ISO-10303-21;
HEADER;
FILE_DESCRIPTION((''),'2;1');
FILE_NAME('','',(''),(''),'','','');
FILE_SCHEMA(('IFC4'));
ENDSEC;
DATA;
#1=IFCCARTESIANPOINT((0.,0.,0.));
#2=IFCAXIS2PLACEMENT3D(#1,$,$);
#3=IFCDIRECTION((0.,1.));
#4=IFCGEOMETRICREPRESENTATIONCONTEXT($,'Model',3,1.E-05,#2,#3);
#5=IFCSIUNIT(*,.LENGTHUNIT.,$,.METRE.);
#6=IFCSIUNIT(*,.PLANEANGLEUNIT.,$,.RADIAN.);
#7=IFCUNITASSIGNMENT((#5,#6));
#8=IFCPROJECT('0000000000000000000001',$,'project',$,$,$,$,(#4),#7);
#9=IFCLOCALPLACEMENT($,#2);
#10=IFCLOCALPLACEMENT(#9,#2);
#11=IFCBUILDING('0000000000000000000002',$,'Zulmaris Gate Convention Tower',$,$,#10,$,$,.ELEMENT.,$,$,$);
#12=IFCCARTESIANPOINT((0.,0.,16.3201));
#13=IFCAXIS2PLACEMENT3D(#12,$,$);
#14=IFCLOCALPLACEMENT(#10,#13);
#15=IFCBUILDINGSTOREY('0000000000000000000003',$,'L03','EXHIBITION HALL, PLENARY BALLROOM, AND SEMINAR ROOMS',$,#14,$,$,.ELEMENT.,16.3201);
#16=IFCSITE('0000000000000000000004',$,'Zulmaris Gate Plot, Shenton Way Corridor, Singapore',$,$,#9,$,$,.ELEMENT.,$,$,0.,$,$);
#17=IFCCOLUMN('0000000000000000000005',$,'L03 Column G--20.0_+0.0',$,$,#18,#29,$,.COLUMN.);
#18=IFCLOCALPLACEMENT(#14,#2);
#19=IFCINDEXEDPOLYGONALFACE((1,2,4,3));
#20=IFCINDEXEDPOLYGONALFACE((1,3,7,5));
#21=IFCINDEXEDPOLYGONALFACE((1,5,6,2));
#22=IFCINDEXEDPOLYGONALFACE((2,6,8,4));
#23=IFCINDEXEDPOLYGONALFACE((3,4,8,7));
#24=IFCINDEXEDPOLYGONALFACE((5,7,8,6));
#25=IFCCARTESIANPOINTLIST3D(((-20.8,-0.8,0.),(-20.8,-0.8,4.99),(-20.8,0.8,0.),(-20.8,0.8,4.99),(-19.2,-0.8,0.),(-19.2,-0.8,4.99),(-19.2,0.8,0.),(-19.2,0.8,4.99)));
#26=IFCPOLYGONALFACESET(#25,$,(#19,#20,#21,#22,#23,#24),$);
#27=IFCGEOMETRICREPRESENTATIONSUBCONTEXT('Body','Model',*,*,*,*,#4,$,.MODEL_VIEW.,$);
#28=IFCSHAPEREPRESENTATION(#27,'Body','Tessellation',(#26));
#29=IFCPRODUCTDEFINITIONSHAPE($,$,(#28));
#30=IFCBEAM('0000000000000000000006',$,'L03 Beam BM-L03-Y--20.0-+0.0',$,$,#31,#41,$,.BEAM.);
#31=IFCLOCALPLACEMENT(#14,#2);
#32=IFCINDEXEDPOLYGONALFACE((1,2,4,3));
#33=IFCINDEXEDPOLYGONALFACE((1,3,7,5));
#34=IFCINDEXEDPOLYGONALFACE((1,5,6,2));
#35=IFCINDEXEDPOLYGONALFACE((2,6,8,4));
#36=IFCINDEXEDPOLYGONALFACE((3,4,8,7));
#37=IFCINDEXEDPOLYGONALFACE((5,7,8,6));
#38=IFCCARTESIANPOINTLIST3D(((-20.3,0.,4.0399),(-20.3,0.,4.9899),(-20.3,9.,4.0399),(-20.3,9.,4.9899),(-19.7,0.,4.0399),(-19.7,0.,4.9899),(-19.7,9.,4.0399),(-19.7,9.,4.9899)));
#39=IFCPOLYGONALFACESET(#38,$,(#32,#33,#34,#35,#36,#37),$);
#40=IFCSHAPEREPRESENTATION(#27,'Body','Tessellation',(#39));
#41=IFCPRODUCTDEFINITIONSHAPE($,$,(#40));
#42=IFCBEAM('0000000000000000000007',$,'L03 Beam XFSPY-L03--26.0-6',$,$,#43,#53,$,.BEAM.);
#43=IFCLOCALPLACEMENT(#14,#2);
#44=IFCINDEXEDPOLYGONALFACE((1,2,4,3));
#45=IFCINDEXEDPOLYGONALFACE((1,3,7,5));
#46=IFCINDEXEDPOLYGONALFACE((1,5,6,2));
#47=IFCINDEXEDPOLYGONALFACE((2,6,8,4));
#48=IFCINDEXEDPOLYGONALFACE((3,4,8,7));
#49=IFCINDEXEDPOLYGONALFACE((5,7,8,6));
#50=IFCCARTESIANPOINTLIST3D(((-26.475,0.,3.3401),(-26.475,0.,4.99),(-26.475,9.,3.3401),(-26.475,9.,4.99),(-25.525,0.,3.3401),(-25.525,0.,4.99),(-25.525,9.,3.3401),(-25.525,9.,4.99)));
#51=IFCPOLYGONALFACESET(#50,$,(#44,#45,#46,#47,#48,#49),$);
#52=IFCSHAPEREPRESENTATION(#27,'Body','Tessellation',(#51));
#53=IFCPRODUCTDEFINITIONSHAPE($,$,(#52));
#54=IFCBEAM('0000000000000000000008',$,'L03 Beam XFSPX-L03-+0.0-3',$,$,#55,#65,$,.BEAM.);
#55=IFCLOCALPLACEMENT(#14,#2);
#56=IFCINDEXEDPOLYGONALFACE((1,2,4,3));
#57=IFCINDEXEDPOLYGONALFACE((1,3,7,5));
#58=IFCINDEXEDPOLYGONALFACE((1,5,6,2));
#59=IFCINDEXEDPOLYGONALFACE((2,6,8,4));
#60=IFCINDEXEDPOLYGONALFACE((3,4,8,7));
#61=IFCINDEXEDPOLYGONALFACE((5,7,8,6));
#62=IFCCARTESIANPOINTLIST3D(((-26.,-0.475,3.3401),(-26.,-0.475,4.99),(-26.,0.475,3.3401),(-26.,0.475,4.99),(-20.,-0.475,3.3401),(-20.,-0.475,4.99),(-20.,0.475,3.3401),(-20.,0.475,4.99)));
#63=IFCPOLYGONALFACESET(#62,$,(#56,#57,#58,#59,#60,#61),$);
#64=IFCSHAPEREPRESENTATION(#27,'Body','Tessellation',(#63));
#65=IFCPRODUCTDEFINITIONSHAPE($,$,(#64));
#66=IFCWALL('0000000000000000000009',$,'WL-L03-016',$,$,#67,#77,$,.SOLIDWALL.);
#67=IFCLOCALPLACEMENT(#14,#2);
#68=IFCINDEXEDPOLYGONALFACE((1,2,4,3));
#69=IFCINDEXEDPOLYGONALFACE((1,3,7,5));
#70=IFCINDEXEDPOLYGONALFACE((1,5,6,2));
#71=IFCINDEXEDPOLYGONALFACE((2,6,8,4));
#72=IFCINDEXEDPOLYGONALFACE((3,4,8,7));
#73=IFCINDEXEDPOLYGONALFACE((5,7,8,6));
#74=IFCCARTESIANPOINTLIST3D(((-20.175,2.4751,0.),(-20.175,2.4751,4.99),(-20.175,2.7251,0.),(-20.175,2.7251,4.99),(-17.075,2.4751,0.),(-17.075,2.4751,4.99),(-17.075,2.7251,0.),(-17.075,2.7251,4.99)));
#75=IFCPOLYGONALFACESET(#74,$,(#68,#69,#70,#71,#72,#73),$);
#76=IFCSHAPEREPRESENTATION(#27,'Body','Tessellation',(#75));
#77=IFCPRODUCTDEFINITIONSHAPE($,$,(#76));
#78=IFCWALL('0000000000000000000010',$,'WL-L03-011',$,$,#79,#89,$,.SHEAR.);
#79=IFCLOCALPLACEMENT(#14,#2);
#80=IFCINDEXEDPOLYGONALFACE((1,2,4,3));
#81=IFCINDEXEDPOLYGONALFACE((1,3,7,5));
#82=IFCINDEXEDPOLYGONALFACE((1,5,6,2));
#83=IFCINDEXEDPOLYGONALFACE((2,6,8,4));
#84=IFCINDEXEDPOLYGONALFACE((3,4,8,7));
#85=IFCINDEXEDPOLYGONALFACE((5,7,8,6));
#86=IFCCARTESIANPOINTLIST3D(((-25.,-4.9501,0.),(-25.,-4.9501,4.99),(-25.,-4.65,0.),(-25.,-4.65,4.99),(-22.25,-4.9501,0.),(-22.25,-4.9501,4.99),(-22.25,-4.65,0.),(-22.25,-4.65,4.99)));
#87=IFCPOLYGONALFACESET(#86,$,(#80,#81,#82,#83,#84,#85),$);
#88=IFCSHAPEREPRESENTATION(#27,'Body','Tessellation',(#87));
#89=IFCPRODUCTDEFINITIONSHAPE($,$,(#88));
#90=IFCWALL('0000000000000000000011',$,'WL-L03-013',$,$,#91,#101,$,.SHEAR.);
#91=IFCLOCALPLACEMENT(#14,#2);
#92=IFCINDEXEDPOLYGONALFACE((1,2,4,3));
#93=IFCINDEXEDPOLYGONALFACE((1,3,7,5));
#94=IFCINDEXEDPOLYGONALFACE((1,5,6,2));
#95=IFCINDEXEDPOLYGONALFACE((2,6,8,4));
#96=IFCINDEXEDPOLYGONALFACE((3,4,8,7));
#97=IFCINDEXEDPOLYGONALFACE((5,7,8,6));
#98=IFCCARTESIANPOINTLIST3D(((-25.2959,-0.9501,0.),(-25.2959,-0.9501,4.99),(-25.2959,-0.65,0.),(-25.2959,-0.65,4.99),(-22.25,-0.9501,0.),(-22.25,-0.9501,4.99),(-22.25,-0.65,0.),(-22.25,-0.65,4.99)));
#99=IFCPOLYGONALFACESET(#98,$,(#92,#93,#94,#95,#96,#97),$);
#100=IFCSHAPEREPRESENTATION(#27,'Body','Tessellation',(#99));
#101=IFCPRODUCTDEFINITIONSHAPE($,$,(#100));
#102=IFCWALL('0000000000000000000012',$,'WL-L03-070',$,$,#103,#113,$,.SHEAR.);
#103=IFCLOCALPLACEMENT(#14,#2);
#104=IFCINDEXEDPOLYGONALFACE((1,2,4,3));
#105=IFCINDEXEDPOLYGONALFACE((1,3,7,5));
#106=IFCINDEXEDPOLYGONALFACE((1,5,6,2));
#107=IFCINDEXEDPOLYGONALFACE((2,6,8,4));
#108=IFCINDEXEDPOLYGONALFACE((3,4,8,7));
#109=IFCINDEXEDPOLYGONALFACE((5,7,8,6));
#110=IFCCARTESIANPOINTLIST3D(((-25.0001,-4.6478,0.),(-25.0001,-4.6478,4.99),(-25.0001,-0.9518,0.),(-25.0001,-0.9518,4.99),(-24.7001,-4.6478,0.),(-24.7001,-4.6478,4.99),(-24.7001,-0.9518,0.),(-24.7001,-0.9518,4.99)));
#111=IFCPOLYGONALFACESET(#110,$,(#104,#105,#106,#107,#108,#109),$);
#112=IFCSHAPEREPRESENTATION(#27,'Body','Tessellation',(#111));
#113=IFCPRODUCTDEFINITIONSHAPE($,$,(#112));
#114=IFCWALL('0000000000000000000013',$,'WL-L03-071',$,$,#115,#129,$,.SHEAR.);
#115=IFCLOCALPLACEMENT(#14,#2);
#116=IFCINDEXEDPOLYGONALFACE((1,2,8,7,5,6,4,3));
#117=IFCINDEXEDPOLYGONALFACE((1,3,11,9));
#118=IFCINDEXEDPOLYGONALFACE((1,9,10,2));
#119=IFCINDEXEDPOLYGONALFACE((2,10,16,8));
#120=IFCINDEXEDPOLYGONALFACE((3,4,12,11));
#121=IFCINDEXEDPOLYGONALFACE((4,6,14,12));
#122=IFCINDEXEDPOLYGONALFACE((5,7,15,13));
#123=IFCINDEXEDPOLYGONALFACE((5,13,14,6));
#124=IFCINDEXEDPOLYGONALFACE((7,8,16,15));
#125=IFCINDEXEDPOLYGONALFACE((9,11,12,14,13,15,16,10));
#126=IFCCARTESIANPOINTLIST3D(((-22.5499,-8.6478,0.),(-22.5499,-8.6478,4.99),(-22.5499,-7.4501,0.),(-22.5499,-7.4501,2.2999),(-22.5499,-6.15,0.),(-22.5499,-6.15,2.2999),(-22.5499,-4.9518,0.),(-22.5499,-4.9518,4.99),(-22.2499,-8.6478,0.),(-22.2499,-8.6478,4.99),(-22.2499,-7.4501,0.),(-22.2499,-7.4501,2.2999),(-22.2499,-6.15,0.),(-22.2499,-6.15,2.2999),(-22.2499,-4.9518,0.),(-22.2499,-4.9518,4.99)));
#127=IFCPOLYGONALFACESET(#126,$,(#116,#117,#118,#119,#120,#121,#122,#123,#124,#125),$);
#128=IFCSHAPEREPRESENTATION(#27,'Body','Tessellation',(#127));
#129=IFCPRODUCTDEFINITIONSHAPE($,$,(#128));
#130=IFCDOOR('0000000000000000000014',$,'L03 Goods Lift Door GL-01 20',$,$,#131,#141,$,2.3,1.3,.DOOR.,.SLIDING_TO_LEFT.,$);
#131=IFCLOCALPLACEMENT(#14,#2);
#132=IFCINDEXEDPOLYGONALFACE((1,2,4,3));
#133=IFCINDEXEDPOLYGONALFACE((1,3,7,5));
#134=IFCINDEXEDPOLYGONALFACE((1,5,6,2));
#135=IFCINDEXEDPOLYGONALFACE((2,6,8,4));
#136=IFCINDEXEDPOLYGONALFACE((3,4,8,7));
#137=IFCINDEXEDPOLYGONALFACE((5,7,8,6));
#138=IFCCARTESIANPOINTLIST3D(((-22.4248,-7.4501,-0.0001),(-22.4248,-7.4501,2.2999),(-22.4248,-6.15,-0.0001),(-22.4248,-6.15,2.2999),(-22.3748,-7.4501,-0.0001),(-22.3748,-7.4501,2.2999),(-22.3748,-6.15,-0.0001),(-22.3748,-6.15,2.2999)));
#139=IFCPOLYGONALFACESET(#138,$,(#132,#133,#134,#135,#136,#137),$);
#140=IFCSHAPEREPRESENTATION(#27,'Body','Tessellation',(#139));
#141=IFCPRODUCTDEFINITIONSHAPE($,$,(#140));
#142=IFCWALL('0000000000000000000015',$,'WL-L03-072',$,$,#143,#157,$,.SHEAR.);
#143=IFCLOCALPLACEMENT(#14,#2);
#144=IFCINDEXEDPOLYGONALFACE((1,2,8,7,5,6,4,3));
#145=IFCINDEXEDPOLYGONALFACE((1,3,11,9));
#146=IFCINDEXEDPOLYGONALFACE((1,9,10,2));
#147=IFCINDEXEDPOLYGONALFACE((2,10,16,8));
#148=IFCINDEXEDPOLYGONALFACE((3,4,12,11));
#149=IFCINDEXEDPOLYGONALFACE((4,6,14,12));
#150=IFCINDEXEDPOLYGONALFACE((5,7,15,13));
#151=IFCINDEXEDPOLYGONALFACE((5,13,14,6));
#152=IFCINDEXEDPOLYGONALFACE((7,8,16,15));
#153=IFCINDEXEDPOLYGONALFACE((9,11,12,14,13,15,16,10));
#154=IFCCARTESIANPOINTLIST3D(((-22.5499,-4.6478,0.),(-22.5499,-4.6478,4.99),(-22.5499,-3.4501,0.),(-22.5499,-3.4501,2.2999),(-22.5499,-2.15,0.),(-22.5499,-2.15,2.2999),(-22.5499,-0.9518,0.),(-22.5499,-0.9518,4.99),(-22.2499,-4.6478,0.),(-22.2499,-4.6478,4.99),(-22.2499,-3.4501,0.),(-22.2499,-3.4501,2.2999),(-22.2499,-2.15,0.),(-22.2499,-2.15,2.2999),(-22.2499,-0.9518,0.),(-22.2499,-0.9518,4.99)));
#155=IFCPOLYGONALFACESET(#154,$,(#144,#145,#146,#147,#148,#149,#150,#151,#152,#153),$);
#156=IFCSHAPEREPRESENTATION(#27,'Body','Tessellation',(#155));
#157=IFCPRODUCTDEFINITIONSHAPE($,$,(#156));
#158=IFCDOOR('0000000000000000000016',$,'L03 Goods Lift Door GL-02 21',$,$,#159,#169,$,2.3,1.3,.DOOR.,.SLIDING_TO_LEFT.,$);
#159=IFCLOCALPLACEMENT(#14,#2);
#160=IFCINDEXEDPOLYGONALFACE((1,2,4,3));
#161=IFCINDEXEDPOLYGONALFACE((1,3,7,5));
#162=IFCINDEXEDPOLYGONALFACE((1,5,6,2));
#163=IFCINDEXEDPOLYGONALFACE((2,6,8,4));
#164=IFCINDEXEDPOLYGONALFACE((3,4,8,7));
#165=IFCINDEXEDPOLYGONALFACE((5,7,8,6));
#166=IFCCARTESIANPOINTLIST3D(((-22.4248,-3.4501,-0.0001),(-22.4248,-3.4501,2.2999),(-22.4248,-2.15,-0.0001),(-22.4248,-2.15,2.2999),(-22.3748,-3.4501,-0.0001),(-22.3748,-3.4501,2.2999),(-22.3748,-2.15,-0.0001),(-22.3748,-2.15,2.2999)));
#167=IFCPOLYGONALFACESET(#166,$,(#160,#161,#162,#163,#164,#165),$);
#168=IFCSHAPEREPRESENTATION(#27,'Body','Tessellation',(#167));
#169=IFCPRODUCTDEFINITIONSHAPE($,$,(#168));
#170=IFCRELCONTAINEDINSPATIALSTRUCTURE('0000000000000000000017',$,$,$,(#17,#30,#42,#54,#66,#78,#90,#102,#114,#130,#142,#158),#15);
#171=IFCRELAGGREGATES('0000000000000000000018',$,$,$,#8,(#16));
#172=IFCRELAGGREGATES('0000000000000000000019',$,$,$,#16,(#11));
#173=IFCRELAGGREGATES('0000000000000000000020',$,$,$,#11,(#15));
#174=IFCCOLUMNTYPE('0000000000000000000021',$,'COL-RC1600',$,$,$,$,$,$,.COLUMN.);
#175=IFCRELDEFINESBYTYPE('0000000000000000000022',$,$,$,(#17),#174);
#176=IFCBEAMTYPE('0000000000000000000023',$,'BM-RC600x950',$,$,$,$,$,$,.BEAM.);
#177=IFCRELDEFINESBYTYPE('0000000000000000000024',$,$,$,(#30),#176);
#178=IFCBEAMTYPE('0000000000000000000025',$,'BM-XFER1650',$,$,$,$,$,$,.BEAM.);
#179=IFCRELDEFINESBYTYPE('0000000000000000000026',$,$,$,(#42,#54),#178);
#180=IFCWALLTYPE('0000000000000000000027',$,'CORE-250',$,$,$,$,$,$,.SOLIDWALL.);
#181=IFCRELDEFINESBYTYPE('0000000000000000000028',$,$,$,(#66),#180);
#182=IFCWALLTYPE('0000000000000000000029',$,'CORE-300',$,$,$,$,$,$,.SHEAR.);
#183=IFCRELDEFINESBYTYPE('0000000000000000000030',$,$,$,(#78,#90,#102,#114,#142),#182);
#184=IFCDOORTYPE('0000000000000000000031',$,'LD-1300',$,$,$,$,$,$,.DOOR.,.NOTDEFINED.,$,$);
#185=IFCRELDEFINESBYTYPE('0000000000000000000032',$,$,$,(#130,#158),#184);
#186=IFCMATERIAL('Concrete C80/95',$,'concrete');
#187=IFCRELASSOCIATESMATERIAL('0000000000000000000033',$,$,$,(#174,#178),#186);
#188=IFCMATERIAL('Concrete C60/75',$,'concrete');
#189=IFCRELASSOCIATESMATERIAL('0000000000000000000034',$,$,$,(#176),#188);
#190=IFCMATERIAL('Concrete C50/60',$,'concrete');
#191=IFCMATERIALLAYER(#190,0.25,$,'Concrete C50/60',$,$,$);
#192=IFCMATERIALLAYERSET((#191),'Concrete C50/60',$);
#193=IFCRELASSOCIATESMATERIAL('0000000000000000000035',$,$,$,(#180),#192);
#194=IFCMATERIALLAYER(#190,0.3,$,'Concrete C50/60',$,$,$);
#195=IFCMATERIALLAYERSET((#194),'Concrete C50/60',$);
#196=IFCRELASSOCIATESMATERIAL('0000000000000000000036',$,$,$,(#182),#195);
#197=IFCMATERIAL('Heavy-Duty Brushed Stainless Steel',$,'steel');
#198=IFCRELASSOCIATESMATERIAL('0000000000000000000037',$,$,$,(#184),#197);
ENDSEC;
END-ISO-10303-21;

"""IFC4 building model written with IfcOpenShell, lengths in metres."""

from ifc_helpers import new_model, si_unit, direction, frame, frame_2d, origin, origin_2d, place, context, subcontext, project, spatial, rectangle, extrude, material, layer, layer_set, material_profile, profile_set, type_object, element, fill, save


model = new_model("IFC4")

# Units and contexts
model_context = context("Model", 3, precision=1e-05, world=origin(), true_north=direction((0.0, 1.0)))
body_context = subcontext(model_context, "Body", "Model", "MODEL_VIEW")
ifc_project = project(units=[si_unit("LENGTHUNIT", "METRE"), si_unit("PLANEANGLEUNIT", "RADIAN")], contexts=[model_context])

# Site, building, storey
site_placement = place(None, origin())
site = spatial("IfcSite", under=ifc_project, at=site_placement, Name="Zulmaris Gate Plot, Shenton Way Corridor, Singapore", CompositionType="ELEMENT", RefElevation=0.0)
building_placement = place(site_placement, origin())
building = spatial("IfcBuilding", under=site, at=building_placement, Name="Zulmaris Gate Convention Tower", CompositionType="ELEMENT")
storey_placement = place(building_placement, frame((0.0, 0.0, 16.3201)))
storey = spatial("IfcBuildingStorey", under=building, at=storey_placement, Name="L03", Description="EXHIBITION HALL, PLENARY BALLROOM, AND SEMINAR ROOMS", CompositionType="ELEMENT", Elevation=16.3201)

# Column
ifc_material_1 = material(Name="Concrete C80/95", Category="concrete")
ifc_material_profile_1 = material_profile(ifc_material_1, rectangle(XDim=1.6001, YDim=1.6001, at=origin_2d()), Name="RC COL 1600x1600")
ifc_profile_set_1 = profile_set([ifc_material_profile_1], Name="Concrete C80/95")
column_type = type_object("IfcColumnType", Name="COL-RC1600", PredefinedType="COLUMN", material=ifc_profile_set_1)
column_placement = place(storey_placement, frame((-20.0, 0.0, 0.0), z_axis=(0.0, 0.0, 1.0), x_axis=(1.0, 0.0, 0.0)))
element("IfcColumn", 1, at=column_placement, inside=storey, type_object=column_type, Name="L03 Column G--20.0_+0.0", PredefinedType="COLUMN", context=body_context, shape_type="SweptSolid", body=[
    extrude(rectangle(XDim=1.6001, YDim=1.6001, at=origin_2d()), origin(), (0.0, 0.0, 1.0), 4.99),
])

# Beams
ifc_material_2 = material(Name="Concrete C60/75", Category="concrete")
ifc_material_profile_2 = material_profile(ifc_material_2, rectangle(XDim=0.6001, YDim=0.95, at=origin_2d()), Name="RC BEAM 600x950")
ifc_profile_set_2 = profile_set([ifc_material_profile_2], Name="Concrete C60/75")
beam_type_1 = type_object("IfcBeamType", Name="BM-RC600x950", PredefinedType="BEAM", material=ifc_profile_set_2)
beam_1_placement = place(storey_placement, frame((-20.0, 0.0, 4.5149), z_axis=(0.0, 1.0, 0.0), x_axis=(-1.0, 0.0, 0.0)))
element("IfcBeam", 2, at=beam_1_placement, inside=storey, type_object=beam_type_1, Name="L03 Beam BM-L03-Y--20.0-+0.0", PredefinedType="BEAM", context=body_context, shape_type="SweptSolid", body=[
    extrude(rectangle(XDim=0.6001, YDim=0.95, at=origin_2d()), origin(), (0.0, 0.0, 1.0), 9.0),
])
ifc_material_profile_3 = material_profile(ifc_material_1, rectangle(XDim=0.95, YDim=1.6499, at=origin_2d()), Name="RC TRANSFER 950x1650")
ifc_profile_set_3 = profile_set([ifc_material_profile_3], Name="Concrete C80/95")
beam_type_2 = type_object("IfcBeamType", Name="BM-XFER1650", PredefinedType="BEAM", material=ifc_profile_set_3)
beam_2_placement = place(storey_placement, frame((-26.0, 0.0, 4.165), z_axis=(0.0, 1.0, 0.0), x_axis=(-1.0, 0.0, 0.0)))
element("IfcBeam", 3, at=beam_2_placement, inside=storey, type_object=beam_type_2, Name="L03 Beam XFSPY-L03--26.0-6", PredefinedType="BEAM", context=body_context, shape_type="SweptSolid", body=[
    extrude(rectangle(XDim=0.95, YDim=1.6499, at=origin_2d()), origin(), (0.0, 0.0, 1.0), 9.0),
])
beam_3_placement = place(storey_placement, frame((-26.0, 0.0, 4.165), z_axis=(1.0, 0.0, 0.0), x_axis=(0.0, 1.0, 0.0)))
element("IfcBeam", 4, at=beam_3_placement, inside=storey, type_object=beam_type_2, Name="L03 Beam XFSPX-L03-+0.0-3", PredefinedType="BEAM", context=body_context, shape_type="SweptSolid", body=[
    extrude(rectangle(XDim=0.95, YDim=1.6499, at=origin_2d()), origin(), (0.0, 0.0, 1.0), 6.0),
])

# Walls
ifc_material_3 = material(Name="Concrete C50/60", Category="concrete")
ifc_layer_1 = layer(ifc_material_3, 0.25, Name="Concrete C50/60")
ifc_layer_set_1 = layer_set([ifc_layer_1], Name="Concrete C50/60")
wall_type_1 = type_object("IfcWallType", Name="CORE-250", PredefinedType="SOLIDWALL", material=ifc_layer_set_1)
wall_1_placement = place(storey_placement, frame((-20.175, 2.6001, 0.0), z_axis=(0.0, 0.0, 1.0), x_axis=(1.0, 0.0, 0.0)))
element("IfcWall", 5, at=wall_1_placement, inside=storey, type_object=wall_type_1, Name="WL-L03-016", PredefinedType="SOLIDWALL", context=body_context, shape_type="SweptSolid", body=[
    extrude(rectangle(XDim=3.1001, YDim=0.25, at=frame_2d((1.55, 0.0))), origin(), (0.0, 0.0, 1.0), 4.99),
])
ifc_layer_2 = layer(ifc_material_3, 0.3, Name="Concrete C50/60")
ifc_layer_set_2 = layer_set([ifc_layer_2], Name="Concrete C50/60")
wall_type_2 = type_object("IfcWallType", Name="CORE-300", PredefinedType="SHEAR", material=ifc_layer_set_2)
wall_2_placement = place(storey_placement, frame((-25.0, -4.8, 0.0), z_axis=(0.0, 0.0, 1.0), x_axis=(1.0, 0.0, 0.0)))
element("IfcWall", 6, at=wall_2_placement, inside=storey, type_object=wall_type_2, Name="WL-L03-011", PredefinedType="SHEAR", context=body_context, shape_type="SweptSolid", body=[
    extrude(rectangle(XDim=2.75, YDim=0.3, at=frame_2d((1.375, 0.0))), origin(), (0.0, 0.0, 1.0), 4.99),
])
wall_3_placement = place(storey_placement, frame((-25.2959, -0.8, 0.0), z_axis=(0.0, 0.0, 1.0), x_axis=(1.0, 0.0, 0.0)))
element("IfcWall", 7, at=wall_3_placement, inside=storey, type_object=wall_type_2, Name="WL-L03-013", PredefinedType="SHEAR", context=body_context, shape_type="SweptSolid", body=[
    extrude(rectangle(XDim=3.0459, YDim=0.3, at=frame_2d((1.5229, 0.0))), origin(), (0.0, 0.0, 1.0), 4.99),
])
wall_4_placement = place(storey_placement, frame((-24.8501, -4.6479, 0.0), z_axis=(0.0, 0.0, 1.0), x_axis=(0.0, 1.0, 0.0)))
element("IfcWall", 8, at=wall_4_placement, inside=storey, type_object=wall_type_2, Name="WL-L03-070", PredefinedType="SHEAR", context=body_context, shape_type="SweptSolid", body=[
    extrude(rectangle(XDim=3.696, YDim=0.3, at=frame_2d((1.8481, 0.0))), origin(), (0.0, 0.0, 1.0), 4.99),
])

# Walls, openings, doors
wall_5_placement = place(storey_placement, frame((-22.3999, -8.6479, 0.0), z_axis=(0.0, 0.0, 1.0), x_axis=(0.0, 1.0, 0.0)))
wall_5 = element("IfcWall", 9, at=wall_5_placement, inside=storey, type_object=wall_type_2, Name="WL-L03-071", PredefinedType="SHEAR", context=body_context, shape_type="SweptSolid", body=[
    extrude(rectangle(XDim=3.696, YDim=0.3, at=frame_2d((1.8481, 0.0))), origin(), (0.0, 0.0, 1.0), 4.99),
])
opening_1_placement = place(wall_5_placement, frame((1.198, 0.0, 0.0)))
opening_1 = element("IfcOpeningElement", 10, at=opening_1_placement, cuts=wall_5, PredefinedType="OPENING", context=body_context, shape_type="SweptSolid", body=[
    extrude(rectangle(XDim=1.3, YDim=2.3, at=frame_2d((0.6499, 1.1499))), frame((0.0, 0.1602, 0.0), z_axis=(0.0, -1.0, 0.0), x_axis=(1.0, 0.0, 0.0)), (0.0, 0.0, 1.0), 0.3201),
])
ifc_material_4 = material(Name="Heavy-Duty Brushed Stainless Steel", Category="steel")
door_type_1 = type_object("IfcDoorType", Name="LD-1300", OperationType="NOTDEFINED", PredefinedType="DOOR", material=ifc_material_4)
door_1_placement = place(opening_1_placement, origin())
door_1 = element("IfcDoor", 11, at=door_1_placement, inside=storey, type_object=door_type_1, Name="L03 Goods Lift Door GL-01 20", OperationType="SLIDING_TO_LEFT", OverallHeight=2.3, OverallWidth=1.3, PredefinedType="DOOR", context=body_context, shape_type="SweptSolid", body=[
    extrude(rectangle(XDim=1.3, YDim=2.3, at=frame_2d((0.6499, 1.1499))), frame((0.0, 0.0249, 0.0), z_axis=(0.0, -1.0, 0.0), x_axis=(1.0, 0.0, 0.0)), (0.0, 0.0, 1.0), 0.05),
])
fill(opening_1, door_1)
wall_6_placement = place(storey_placement, frame((-22.3999, -4.6479, 0.0), z_axis=(0.0, 0.0, 1.0), x_axis=(0.0, 1.0, 0.0)))
wall_6 = element("IfcWall", 12, at=wall_6_placement, inside=storey, type_object=wall_type_2, Name="WL-L03-072", PredefinedType="SHEAR", context=body_context, shape_type="SweptSolid", body=[
    extrude(rectangle(XDim=3.696, YDim=0.3, at=frame_2d((1.8481, 0.0))), origin(), (0.0, 0.0, 1.0), 4.99),
])
opening_2_placement = place(wall_6_placement, frame((1.198, 0.0, 0.0)))
opening_2 = element("IfcOpeningElement", 13, at=opening_2_placement, cuts=wall_6, PredefinedType="OPENING", context=body_context, shape_type="SweptSolid", body=[
    extrude(rectangle(XDim=1.3, YDim=2.3, at=frame_2d((0.6499, 1.1499))), frame((0.0, 0.1602, 0.0), z_axis=(0.0, -1.0, 0.0), x_axis=(1.0, 0.0, 0.0)), (0.0, 0.0, 1.0), 0.3201),
])
door_2_placement = place(opening_2_placement, origin())
door_2 = element("IfcDoor", 14, at=door_2_placement, inside=storey, type_object=door_type_1, Name="L03 Goods Lift Door GL-02 21", OperationType="SLIDING_TO_LEFT", OverallHeight=2.3, OverallWidth=1.3, PredefinedType="DOOR", context=body_context, shape_type="SweptSolid", body=[
    extrude(rectangle(XDim=1.3, YDim=2.3, at=frame_2d((0.6499, 1.1499))), frame((0.0, 0.0249, 0.0), z_axis=(0.0, -1.0, 0.0), x_axis=(1.0, 0.0, 0.0)), (0.0, 0.0, 1.0), 0.05),
])
fill(opening_2, door_2)

save(model, "model.ifc")
